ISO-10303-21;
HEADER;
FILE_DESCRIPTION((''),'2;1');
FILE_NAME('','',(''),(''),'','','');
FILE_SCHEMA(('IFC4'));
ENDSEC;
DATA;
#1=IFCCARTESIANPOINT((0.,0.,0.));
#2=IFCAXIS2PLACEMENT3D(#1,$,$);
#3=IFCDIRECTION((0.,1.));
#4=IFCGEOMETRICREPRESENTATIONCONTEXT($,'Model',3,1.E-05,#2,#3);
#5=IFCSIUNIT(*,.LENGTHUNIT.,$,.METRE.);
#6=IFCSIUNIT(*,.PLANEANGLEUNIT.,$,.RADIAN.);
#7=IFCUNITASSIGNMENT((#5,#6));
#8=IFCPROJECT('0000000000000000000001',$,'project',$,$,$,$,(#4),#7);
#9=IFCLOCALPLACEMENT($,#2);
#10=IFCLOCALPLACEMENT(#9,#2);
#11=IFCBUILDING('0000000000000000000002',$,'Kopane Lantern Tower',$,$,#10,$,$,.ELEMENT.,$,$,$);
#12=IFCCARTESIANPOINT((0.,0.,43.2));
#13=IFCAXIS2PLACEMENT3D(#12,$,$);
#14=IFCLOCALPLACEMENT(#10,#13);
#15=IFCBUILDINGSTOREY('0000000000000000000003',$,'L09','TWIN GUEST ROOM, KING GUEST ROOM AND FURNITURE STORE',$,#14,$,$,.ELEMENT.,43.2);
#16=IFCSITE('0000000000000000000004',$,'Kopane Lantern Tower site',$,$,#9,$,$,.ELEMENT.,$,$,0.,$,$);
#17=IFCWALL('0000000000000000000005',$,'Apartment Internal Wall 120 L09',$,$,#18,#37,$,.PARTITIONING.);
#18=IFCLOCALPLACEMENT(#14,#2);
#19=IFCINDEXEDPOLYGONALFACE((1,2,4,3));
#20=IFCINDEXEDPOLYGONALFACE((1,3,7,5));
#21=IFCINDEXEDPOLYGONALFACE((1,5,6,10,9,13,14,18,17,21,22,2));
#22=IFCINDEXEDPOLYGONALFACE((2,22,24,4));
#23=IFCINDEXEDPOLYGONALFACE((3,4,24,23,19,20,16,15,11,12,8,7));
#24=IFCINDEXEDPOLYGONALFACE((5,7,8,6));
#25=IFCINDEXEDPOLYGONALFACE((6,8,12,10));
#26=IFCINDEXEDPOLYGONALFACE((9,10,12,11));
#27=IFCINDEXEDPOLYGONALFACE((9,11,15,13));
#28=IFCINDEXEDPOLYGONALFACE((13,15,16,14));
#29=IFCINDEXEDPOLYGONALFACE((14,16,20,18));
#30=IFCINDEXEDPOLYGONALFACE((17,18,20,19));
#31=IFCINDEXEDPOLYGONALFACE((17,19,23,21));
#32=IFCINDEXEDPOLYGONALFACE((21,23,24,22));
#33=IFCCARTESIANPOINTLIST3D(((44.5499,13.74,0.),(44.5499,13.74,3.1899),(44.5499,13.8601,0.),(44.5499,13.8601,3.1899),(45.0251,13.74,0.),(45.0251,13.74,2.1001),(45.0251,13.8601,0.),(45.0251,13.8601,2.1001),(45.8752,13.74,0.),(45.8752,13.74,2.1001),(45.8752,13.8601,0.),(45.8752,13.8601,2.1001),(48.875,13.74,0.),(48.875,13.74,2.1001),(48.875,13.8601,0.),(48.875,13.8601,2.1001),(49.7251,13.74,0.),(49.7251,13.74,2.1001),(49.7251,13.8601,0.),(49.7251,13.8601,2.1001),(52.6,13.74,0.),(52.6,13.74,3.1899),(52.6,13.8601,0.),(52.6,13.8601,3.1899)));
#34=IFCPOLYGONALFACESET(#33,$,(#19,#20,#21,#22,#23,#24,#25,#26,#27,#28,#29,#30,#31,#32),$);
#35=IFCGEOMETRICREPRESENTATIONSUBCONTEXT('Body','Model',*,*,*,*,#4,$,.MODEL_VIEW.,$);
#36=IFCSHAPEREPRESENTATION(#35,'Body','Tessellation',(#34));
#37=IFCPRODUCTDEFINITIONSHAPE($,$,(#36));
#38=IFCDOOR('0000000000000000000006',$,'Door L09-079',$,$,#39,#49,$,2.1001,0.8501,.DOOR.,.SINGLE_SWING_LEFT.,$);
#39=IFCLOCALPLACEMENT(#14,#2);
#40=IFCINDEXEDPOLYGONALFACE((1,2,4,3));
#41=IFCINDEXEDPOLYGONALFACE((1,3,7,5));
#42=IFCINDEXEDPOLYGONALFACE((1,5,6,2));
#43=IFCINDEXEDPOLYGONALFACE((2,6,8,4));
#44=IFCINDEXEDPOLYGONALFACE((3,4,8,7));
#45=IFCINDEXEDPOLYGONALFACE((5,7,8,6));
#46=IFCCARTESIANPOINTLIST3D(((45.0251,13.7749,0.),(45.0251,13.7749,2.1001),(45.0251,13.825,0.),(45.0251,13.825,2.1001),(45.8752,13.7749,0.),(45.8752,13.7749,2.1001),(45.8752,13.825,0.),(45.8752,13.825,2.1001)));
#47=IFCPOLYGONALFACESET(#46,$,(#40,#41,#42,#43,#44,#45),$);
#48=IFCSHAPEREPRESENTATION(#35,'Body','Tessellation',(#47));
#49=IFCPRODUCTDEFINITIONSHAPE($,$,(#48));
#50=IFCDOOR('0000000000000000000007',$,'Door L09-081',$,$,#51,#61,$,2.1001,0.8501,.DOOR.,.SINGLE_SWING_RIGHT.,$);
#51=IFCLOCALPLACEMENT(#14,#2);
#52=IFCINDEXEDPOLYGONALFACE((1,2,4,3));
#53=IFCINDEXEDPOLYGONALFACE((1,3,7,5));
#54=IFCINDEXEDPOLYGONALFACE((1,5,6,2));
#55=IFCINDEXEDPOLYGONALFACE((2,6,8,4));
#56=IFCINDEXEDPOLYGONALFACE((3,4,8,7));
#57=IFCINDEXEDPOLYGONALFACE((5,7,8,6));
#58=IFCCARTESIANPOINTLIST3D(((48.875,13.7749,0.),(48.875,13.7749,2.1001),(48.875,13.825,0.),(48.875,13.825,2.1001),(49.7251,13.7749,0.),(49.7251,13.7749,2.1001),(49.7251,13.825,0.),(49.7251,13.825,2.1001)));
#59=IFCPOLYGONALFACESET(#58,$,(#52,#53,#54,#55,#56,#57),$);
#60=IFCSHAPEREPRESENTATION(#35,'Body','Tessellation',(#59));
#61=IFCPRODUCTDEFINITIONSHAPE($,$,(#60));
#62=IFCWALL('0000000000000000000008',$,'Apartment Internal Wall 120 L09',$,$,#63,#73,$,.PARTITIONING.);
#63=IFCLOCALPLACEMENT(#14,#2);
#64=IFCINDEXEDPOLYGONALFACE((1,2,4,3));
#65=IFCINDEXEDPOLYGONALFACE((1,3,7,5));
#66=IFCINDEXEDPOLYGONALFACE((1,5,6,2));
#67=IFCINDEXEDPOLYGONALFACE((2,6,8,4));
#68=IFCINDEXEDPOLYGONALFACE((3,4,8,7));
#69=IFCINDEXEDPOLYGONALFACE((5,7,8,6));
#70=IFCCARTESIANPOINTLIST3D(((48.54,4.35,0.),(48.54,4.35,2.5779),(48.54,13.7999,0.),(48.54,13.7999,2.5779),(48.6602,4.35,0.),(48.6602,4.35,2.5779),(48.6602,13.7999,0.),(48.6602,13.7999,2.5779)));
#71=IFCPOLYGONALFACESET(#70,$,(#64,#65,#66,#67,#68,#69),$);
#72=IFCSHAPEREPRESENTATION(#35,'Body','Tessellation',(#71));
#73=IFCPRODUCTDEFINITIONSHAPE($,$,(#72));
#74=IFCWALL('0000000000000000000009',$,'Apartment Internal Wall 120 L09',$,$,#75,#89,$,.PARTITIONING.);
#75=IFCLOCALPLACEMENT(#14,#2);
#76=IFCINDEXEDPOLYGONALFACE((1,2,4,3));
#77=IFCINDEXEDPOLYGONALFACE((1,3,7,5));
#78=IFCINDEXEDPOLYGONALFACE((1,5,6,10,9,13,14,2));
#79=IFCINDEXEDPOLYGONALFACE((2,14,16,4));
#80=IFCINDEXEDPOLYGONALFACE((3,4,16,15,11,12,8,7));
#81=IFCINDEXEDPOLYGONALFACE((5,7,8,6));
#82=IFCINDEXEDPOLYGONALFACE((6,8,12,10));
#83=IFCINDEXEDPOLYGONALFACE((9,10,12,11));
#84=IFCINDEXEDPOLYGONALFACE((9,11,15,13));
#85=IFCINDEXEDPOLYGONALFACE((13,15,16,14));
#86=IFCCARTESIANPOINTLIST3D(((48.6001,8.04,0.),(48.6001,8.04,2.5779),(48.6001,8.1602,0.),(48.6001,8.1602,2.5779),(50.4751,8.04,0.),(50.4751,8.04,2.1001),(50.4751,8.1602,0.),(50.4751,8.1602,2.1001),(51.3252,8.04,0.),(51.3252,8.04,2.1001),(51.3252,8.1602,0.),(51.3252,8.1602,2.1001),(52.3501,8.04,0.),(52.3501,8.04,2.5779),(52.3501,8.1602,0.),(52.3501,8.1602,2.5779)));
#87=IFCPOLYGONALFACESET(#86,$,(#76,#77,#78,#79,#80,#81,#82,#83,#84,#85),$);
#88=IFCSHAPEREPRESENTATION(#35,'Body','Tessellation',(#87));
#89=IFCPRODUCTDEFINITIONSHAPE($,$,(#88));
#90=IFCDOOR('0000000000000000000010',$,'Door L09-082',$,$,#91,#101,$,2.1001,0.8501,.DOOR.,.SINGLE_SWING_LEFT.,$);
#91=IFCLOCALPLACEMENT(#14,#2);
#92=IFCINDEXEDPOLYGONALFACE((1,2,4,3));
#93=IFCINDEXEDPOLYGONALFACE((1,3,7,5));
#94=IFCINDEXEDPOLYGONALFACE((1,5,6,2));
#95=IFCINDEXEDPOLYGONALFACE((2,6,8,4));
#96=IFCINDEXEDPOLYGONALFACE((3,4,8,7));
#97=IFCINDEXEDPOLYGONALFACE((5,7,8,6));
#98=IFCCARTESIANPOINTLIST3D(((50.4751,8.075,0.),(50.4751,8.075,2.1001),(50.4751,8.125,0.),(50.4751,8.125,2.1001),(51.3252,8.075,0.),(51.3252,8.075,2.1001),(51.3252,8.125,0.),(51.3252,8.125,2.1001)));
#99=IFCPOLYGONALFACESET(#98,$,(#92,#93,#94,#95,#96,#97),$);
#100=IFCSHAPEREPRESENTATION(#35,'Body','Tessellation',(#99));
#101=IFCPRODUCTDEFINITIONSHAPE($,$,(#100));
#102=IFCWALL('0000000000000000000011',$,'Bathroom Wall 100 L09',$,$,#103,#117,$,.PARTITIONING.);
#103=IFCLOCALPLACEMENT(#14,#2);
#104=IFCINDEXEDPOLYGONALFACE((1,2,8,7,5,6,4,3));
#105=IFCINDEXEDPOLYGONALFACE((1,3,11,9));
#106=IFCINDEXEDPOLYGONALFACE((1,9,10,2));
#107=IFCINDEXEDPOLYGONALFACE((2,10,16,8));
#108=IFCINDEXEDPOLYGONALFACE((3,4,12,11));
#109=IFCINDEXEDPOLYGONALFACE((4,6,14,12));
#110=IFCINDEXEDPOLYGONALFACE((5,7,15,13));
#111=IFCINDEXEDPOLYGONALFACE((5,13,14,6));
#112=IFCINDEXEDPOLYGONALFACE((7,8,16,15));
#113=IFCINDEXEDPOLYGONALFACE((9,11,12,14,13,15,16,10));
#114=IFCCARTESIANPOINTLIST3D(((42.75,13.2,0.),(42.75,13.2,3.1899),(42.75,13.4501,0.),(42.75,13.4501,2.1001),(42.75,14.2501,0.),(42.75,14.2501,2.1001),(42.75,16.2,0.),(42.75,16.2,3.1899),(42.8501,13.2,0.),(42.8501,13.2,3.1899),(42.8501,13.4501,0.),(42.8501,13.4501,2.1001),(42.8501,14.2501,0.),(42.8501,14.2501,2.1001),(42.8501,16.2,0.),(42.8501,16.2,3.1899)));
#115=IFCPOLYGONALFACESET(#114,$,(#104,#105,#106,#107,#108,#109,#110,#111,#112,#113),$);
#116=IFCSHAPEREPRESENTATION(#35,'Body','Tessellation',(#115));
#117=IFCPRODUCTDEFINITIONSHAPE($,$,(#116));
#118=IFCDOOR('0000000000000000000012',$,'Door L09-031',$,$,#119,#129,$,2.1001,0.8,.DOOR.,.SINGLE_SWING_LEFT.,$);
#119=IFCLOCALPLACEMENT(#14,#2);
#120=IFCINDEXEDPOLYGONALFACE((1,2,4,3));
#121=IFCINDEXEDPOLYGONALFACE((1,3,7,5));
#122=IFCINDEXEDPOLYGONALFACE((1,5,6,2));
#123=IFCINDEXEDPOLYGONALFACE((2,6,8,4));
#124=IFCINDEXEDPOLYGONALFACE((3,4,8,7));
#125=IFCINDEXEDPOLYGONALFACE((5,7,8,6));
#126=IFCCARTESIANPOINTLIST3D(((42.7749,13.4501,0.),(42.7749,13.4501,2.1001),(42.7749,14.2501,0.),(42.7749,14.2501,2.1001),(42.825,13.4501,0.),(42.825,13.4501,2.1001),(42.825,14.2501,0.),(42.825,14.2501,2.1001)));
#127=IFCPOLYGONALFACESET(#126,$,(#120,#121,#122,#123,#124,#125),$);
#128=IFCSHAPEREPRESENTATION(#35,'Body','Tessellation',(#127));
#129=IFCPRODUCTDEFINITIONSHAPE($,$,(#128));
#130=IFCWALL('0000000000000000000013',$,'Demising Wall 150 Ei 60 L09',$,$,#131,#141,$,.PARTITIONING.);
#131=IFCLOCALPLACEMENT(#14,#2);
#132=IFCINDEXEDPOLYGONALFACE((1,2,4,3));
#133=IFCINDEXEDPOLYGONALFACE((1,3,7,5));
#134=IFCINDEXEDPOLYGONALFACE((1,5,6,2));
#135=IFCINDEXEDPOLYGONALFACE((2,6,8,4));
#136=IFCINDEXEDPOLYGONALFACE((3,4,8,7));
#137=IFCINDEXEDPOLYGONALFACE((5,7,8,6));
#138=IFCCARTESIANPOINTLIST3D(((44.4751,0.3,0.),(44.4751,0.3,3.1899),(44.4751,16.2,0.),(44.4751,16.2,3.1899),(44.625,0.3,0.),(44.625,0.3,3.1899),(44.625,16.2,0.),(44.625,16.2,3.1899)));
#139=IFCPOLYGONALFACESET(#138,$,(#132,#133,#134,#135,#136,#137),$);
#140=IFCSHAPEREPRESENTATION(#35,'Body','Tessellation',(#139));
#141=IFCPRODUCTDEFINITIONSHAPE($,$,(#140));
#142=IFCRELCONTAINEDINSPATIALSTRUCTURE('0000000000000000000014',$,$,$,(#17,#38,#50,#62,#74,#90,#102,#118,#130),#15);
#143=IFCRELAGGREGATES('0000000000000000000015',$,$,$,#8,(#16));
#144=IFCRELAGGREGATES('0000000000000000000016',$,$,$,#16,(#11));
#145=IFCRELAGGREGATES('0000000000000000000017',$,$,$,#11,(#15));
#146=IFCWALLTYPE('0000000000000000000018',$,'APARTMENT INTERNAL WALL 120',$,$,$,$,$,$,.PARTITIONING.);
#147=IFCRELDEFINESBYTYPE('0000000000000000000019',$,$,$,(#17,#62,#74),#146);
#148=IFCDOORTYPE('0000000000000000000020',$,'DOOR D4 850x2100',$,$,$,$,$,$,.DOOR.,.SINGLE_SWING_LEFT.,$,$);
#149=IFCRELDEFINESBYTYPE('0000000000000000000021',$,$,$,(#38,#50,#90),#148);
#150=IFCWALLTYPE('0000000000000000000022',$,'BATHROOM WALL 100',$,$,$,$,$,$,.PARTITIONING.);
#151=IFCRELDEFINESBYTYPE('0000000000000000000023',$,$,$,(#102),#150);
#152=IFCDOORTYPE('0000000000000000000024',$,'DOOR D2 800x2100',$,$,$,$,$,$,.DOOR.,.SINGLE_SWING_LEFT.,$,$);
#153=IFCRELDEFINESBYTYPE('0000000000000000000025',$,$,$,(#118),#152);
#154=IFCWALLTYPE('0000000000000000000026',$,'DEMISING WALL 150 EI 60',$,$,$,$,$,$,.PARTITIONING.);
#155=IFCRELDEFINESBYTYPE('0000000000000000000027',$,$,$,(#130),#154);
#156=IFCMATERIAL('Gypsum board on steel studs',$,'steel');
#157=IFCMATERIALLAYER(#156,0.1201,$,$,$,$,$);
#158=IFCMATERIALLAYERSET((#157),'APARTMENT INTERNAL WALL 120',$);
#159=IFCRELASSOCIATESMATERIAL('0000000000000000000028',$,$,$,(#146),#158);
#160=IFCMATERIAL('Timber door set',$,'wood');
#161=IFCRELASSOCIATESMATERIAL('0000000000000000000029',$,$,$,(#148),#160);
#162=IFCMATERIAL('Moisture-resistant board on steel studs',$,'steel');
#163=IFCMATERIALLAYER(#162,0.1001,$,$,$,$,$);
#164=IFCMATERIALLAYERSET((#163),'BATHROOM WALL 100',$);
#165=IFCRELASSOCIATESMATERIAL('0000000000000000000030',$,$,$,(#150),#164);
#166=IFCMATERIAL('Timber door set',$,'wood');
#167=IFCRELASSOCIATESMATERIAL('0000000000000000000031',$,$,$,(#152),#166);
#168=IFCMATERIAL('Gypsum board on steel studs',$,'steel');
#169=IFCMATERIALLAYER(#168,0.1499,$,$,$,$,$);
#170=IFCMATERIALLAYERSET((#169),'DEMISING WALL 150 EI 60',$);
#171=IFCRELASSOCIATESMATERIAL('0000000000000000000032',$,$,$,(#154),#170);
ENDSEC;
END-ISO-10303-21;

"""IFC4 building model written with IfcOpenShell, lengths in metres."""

from ifc_helpers import new_model, si_unit, direction, frame, frame_2d, origin, place, context, subcontext, project, spatial, rectangle, extrude, material, layer, layer_set, type_object, element, fill, save


model = new_model("IFC4")

# Units and contexts
model_context = context("Model", 3, precision=1e-05, world=origin(), true_north=direction((0.0, 1.0)))
body_context = subcontext(model_context, "Body", "Model", "MODEL_VIEW")
ifc_project = project(units=[si_unit("LENGTHUNIT", "METRE"), si_unit("PLANEANGLEUNIT", "RADIAN")], contexts=[model_context])

# Site, building, storey
site_placement = place(None, origin())
site = spatial("IfcSite", under=ifc_project, at=site_placement, Name="Kopane Lantern Tower site", CompositionType="ELEMENT", RefElevation=0.0)
building_placement = place(site_placement, origin())
building = spatial("IfcBuilding", under=site, at=building_placement, Name="Kopane Lantern Tower", CompositionType="ELEMENT")
storey_placement = place(building_placement, frame((0.0, 0.0, 43.2)))
storey = spatial("IfcBuildingStorey", under=building, at=storey_placement, Name="L09", Description="TWIN GUEST ROOM, KING GUEST ROOM AND FURNITURE STORE", CompositionType="ELEMENT", Elevation=43.2)

# Wall, openings, doors
ifc_material_1 = material(Name="Gypsum board on steel studs", Category="steel")
ifc_layer_1 = layer(ifc_material_1, 0.1201)
ifc_layer_set_1 = layer_set([ifc_layer_1], Name="APARTMENT INTERNAL WALL 120")
wall_type_1 = type_object("IfcWallType", Name="APARTMENT INTERNAL WALL 120", PredefinedType="PARTITIONING", material=ifc_layer_set_1)
wall_1_placement = place(storey_placement, frame((44.55, 13.8, 0.0), z_axis=(0.0, 0.0, 1.0), x_axis=(1.0, 0.0, 0.0)))
wall_1 = element("IfcWall", 1, at=wall_1_placement, inside=storey, type_object=wall_type_1, Name="Apartment Internal Wall 120 L09", PredefinedType="PARTITIONING", context=body_context, shape_type="SweptSolid", body=[
    extrude(rectangle(XDim=8.05, YDim=0.1201, at=frame_2d((4.0249, 0.0))), origin(), (0.0, 0.0, 1.0), 3.1899),
])
opening_1_placement = place(wall_1_placement, frame((0.4751, 0.0, 0.0)))
opening_1 = element("IfcOpeningElement", 2, at=opening_1_placement, cuts=wall_1, PredefinedType="OPENING", context=body_context, shape_type="SweptSolid", body=[
    extrude(rectangle(XDim=0.8501, YDim=2.1001, at=frame_2d((0.425, 1.05))), frame((0.0, 0.0701, 0.0), z_axis=(0.0, -1.0, 0.0), x_axis=(1.0, 0.0, 0.0)), (0.0, 0.0, 1.0), 0.1401),
])
opening_2_placement = place(wall_1_placement, frame((4.325, 0.0, 0.0)))
opening_2 = element("IfcOpeningElement", 3, at=opening_2_placement, cuts=wall_1, PredefinedType="OPENING", context=body_context, shape_type="SweptSolid", body=[
    extrude(rectangle(XDim=0.8501, YDim=2.1001, at=frame_2d((0.425, 1.05))), frame((0.0, 0.0701, 0.0), z_axis=(0.0, -1.0, 0.0), x_axis=(1.0, 0.0, 0.0)), (0.0, 0.0, 1.0), 0.1401),
])
ifc_material_2 = material(Name="Timber door set", Category="wood")
door_type_1 = type_object("IfcDoorType", Name="DOOR D4 850x2100", OperationType="SINGLE_SWING_LEFT", PredefinedType="DOOR", material=ifc_material_2)
door_1_placement = place(opening_1_placement, origin())
door_1 = element("IfcDoor", 4, at=door_1_placement, inside=storey, type_object=door_type_1, Name="Door L09-079", OperationType="SINGLE_SWING_LEFT", OverallHeight=2.1001, OverallWidth=0.8501, PredefinedType="DOOR", context=body_context, shape_type="SweptSolid", body=[
    extrude(rectangle(XDim=0.8501, YDim=2.1001, at=frame_2d((0.425, 1.05))), frame((0.0, 0.0249, 0.0), z_axis=(0.0, -1.0, 0.0), x_axis=(1.0, 0.0, 0.0)), (0.0, 0.0, 1.0), 0.05),
])
fill(opening_1, door_1)
door_2_placement = place(opening_2_placement, origin())
door_2 = element("IfcDoor", 5, at=door_2_placement, inside=storey, type_object=door_type_1, Name="Door L09-081", OperationType="SINGLE_SWING_RIGHT", OverallHeight=2.1001, OverallWidth=0.8501, PredefinedType="DOOR", context=body_context, shape_type="SweptSolid", body=[
    extrude(rectangle(XDim=0.8501, YDim=2.1001, at=frame_2d((0.425, 1.05))), frame((0.0, 0.0249, 0.0), z_axis=(0.0, -1.0, 0.0), x_axis=(1.0, 0.0, 0.0)), (0.0, 0.0, 1.0), 0.05),
])
fill(opening_2, door_2)

# Wall
wall_2_placement = place(storey_placement, frame((48.6001, 13.8, 0.0), z_axis=(0.0, 0.0, 1.0), x_axis=(0.0, -1.0, 0.0)))
element("IfcWall", 6, at=wall_2_placement, inside=storey, type_object=wall_type_1, Name="Apartment Internal Wall 120 L09", PredefinedType="PARTITIONING", context=body_context, shape_type="SweptSolid", body=[
    extrude(rectangle(XDim=9.45, YDim=0.1201, at=frame_2d((4.7251, 0.0))), origin(), (0.0, 0.0, 1.0), 2.5779),
])

# Walls, openings, doors
wall_3_placement = place(storey_placement, frame((48.6001, 8.1001, 0.0), z_axis=(0.0, 0.0, 1.0), x_axis=(1.0, 0.0, 0.0)))
wall_3 = element("IfcWall", 7, at=wall_3_placement, inside=storey, type_object=wall_type_1, Name="Apartment Internal Wall 120 L09", PredefinedType="PARTITIONING", context=body_context, shape_type="SweptSolid", body=[
    extrude(rectangle(XDim=3.75, YDim=0.1201, at=frame_2d((1.875, 0.0))), origin(), (0.0, 0.0, 1.0), 2.5779),
])
opening_3_placement = place(wall_3_placement, frame((1.875, 0.0, 0.0)))
opening_3 = element("IfcOpeningElement", 8, at=opening_3_placement, cuts=wall_3, PredefinedType="OPENING", context=body_context, shape_type="SweptSolid", body=[
    extrude(rectangle(XDim=0.8501, YDim=2.1001, at=frame_2d((0.425, 1.05))), frame((0.0, 0.0701, 0.0), z_axis=(0.0, -1.0, 0.0), x_axis=(1.0, 0.0, 0.0)), (0.0, 0.0, 1.0), 0.1401),
])
door_3_placement = place(opening_3_placement, origin())
door_3 = element("IfcDoor", 9, at=door_3_placement, inside=storey, type_object=door_type_1, Name="Door L09-082", OperationType="SINGLE_SWING_LEFT", OverallHeight=2.1001, OverallWidth=0.8501, PredefinedType="DOOR", context=body_context, shape_type="SweptSolid", body=[
    extrude(rectangle(XDim=0.8501, YDim=2.1001, at=frame_2d((0.425, 1.05))), frame((0.0, 0.0249, 0.0), z_axis=(0.0, -1.0, 0.0), x_axis=(1.0, 0.0, 0.0)), (0.0, 0.0, 1.0), 0.05),
])
fill(opening_3, door_3)
ifc_material_3 = material(Name="Moisture-resistant board on steel studs", Category="steel")
ifc_layer_2 = layer(ifc_material_3, 0.1001)
ifc_layer_set_2 = layer_set([ifc_layer_2], Name="BATHROOM WALL 100")
wall_type_2 = type_object("IfcWallType", Name="BATHROOM WALL 100", PredefinedType="PARTITIONING", material=ifc_layer_set_2)
wall_4_placement = place(storey_placement, frame((42.8, 16.2, 0.0), z_axis=(0.0, 0.0, 1.0), x_axis=(0.0, -1.0, 0.0)))
wall_4 = element("IfcWall", 10, at=wall_4_placement, inside=storey, type_object=wall_type_2, Name="Bathroom Wall 100 L09", PredefinedType="PARTITIONING", context=body_context, shape_type="SweptSolid", body=[
    extrude(rectangle(XDim=3.0, YDim=0.1001, at=frame_2d((1.5, 0.0))), origin(), (0.0, 0.0, 1.0), 3.1899),
])
opening_4_placement = place(wall_4_placement, frame((1.95, 0.0, 0.0)))
opening_4 = element("IfcOpeningElement", 11, at=opening_4_placement, cuts=wall_4, PredefinedType="OPENING", context=body_context, shape_type="SweptSolid", body=[
    extrude(rectangle(XDim=0.8, YDim=2.1001, at=frame_2d((0.3999, 1.05))), frame((0.0, 0.0601, 0.0), z_axis=(0.0, -1.0, 0.0), x_axis=(1.0, 0.0, 0.0)), (0.0, 0.0, 1.0), 0.1201),
])
ifc_material_4 = material(Name="Timber door set", Category="wood")
door_type_2 = type_object("IfcDoorType", Name="DOOR D2 800x2100", OperationType="SINGLE_SWING_LEFT", PredefinedType="DOOR", material=ifc_material_4)
door_4_placement = place(opening_4_placement, origin())
door_4 = element("IfcDoor", 12, at=door_4_placement, inside=storey, type_object=door_type_2, Name="Door L09-031", OperationType="SINGLE_SWING_LEFT", OverallHeight=2.1001, OverallWidth=0.8, PredefinedType="DOOR", context=body_context, shape_type="SweptSolid", body=[
    extrude(rectangle(XDim=0.8, YDim=2.1001, at=frame_2d((0.3999, 1.05))), frame((0.0, 0.0249, 0.0), z_axis=(0.0, -1.0, 0.0), x_axis=(1.0, 0.0, 0.0)), (0.0, 0.0, 1.0), 0.05),
])
fill(opening_4, door_4)

# Wall
ifc_material_5 = material(Name="Gypsum board on steel studs", Category="steel")
ifc_layer_3 = layer(ifc_material_5, 0.1499)
ifc_layer_set_3 = layer_set([ifc_layer_3], Name="DEMISING WALL 150 EI 60")
wall_type_3 = type_object("IfcWallType", Name="DEMISING WALL 150 EI 60", PredefinedType="PARTITIONING", material=ifc_layer_set_3)
wall_5_placement = place(storey_placement, frame((44.55, 16.2, 0.0), z_axis=(0.0, 0.0, 1.0), x_axis=(0.0, -1.0, 0.0)))
element("IfcWall", 13, at=wall_5_placement, inside=storey, type_object=wall_type_3, Name="Demising Wall 150 Ei 60 L09", PredefinedType="PARTITIONING", context=body_context, shape_type="SweptSolid", body=[
    extrude(rectangle(XDim=15.8999, YDim=0.1499, at=frame_2d((7.95, 0.0))), origin(), (0.0, 0.0, 1.0), 3.1899),
])

save(model, "model.ifc")
